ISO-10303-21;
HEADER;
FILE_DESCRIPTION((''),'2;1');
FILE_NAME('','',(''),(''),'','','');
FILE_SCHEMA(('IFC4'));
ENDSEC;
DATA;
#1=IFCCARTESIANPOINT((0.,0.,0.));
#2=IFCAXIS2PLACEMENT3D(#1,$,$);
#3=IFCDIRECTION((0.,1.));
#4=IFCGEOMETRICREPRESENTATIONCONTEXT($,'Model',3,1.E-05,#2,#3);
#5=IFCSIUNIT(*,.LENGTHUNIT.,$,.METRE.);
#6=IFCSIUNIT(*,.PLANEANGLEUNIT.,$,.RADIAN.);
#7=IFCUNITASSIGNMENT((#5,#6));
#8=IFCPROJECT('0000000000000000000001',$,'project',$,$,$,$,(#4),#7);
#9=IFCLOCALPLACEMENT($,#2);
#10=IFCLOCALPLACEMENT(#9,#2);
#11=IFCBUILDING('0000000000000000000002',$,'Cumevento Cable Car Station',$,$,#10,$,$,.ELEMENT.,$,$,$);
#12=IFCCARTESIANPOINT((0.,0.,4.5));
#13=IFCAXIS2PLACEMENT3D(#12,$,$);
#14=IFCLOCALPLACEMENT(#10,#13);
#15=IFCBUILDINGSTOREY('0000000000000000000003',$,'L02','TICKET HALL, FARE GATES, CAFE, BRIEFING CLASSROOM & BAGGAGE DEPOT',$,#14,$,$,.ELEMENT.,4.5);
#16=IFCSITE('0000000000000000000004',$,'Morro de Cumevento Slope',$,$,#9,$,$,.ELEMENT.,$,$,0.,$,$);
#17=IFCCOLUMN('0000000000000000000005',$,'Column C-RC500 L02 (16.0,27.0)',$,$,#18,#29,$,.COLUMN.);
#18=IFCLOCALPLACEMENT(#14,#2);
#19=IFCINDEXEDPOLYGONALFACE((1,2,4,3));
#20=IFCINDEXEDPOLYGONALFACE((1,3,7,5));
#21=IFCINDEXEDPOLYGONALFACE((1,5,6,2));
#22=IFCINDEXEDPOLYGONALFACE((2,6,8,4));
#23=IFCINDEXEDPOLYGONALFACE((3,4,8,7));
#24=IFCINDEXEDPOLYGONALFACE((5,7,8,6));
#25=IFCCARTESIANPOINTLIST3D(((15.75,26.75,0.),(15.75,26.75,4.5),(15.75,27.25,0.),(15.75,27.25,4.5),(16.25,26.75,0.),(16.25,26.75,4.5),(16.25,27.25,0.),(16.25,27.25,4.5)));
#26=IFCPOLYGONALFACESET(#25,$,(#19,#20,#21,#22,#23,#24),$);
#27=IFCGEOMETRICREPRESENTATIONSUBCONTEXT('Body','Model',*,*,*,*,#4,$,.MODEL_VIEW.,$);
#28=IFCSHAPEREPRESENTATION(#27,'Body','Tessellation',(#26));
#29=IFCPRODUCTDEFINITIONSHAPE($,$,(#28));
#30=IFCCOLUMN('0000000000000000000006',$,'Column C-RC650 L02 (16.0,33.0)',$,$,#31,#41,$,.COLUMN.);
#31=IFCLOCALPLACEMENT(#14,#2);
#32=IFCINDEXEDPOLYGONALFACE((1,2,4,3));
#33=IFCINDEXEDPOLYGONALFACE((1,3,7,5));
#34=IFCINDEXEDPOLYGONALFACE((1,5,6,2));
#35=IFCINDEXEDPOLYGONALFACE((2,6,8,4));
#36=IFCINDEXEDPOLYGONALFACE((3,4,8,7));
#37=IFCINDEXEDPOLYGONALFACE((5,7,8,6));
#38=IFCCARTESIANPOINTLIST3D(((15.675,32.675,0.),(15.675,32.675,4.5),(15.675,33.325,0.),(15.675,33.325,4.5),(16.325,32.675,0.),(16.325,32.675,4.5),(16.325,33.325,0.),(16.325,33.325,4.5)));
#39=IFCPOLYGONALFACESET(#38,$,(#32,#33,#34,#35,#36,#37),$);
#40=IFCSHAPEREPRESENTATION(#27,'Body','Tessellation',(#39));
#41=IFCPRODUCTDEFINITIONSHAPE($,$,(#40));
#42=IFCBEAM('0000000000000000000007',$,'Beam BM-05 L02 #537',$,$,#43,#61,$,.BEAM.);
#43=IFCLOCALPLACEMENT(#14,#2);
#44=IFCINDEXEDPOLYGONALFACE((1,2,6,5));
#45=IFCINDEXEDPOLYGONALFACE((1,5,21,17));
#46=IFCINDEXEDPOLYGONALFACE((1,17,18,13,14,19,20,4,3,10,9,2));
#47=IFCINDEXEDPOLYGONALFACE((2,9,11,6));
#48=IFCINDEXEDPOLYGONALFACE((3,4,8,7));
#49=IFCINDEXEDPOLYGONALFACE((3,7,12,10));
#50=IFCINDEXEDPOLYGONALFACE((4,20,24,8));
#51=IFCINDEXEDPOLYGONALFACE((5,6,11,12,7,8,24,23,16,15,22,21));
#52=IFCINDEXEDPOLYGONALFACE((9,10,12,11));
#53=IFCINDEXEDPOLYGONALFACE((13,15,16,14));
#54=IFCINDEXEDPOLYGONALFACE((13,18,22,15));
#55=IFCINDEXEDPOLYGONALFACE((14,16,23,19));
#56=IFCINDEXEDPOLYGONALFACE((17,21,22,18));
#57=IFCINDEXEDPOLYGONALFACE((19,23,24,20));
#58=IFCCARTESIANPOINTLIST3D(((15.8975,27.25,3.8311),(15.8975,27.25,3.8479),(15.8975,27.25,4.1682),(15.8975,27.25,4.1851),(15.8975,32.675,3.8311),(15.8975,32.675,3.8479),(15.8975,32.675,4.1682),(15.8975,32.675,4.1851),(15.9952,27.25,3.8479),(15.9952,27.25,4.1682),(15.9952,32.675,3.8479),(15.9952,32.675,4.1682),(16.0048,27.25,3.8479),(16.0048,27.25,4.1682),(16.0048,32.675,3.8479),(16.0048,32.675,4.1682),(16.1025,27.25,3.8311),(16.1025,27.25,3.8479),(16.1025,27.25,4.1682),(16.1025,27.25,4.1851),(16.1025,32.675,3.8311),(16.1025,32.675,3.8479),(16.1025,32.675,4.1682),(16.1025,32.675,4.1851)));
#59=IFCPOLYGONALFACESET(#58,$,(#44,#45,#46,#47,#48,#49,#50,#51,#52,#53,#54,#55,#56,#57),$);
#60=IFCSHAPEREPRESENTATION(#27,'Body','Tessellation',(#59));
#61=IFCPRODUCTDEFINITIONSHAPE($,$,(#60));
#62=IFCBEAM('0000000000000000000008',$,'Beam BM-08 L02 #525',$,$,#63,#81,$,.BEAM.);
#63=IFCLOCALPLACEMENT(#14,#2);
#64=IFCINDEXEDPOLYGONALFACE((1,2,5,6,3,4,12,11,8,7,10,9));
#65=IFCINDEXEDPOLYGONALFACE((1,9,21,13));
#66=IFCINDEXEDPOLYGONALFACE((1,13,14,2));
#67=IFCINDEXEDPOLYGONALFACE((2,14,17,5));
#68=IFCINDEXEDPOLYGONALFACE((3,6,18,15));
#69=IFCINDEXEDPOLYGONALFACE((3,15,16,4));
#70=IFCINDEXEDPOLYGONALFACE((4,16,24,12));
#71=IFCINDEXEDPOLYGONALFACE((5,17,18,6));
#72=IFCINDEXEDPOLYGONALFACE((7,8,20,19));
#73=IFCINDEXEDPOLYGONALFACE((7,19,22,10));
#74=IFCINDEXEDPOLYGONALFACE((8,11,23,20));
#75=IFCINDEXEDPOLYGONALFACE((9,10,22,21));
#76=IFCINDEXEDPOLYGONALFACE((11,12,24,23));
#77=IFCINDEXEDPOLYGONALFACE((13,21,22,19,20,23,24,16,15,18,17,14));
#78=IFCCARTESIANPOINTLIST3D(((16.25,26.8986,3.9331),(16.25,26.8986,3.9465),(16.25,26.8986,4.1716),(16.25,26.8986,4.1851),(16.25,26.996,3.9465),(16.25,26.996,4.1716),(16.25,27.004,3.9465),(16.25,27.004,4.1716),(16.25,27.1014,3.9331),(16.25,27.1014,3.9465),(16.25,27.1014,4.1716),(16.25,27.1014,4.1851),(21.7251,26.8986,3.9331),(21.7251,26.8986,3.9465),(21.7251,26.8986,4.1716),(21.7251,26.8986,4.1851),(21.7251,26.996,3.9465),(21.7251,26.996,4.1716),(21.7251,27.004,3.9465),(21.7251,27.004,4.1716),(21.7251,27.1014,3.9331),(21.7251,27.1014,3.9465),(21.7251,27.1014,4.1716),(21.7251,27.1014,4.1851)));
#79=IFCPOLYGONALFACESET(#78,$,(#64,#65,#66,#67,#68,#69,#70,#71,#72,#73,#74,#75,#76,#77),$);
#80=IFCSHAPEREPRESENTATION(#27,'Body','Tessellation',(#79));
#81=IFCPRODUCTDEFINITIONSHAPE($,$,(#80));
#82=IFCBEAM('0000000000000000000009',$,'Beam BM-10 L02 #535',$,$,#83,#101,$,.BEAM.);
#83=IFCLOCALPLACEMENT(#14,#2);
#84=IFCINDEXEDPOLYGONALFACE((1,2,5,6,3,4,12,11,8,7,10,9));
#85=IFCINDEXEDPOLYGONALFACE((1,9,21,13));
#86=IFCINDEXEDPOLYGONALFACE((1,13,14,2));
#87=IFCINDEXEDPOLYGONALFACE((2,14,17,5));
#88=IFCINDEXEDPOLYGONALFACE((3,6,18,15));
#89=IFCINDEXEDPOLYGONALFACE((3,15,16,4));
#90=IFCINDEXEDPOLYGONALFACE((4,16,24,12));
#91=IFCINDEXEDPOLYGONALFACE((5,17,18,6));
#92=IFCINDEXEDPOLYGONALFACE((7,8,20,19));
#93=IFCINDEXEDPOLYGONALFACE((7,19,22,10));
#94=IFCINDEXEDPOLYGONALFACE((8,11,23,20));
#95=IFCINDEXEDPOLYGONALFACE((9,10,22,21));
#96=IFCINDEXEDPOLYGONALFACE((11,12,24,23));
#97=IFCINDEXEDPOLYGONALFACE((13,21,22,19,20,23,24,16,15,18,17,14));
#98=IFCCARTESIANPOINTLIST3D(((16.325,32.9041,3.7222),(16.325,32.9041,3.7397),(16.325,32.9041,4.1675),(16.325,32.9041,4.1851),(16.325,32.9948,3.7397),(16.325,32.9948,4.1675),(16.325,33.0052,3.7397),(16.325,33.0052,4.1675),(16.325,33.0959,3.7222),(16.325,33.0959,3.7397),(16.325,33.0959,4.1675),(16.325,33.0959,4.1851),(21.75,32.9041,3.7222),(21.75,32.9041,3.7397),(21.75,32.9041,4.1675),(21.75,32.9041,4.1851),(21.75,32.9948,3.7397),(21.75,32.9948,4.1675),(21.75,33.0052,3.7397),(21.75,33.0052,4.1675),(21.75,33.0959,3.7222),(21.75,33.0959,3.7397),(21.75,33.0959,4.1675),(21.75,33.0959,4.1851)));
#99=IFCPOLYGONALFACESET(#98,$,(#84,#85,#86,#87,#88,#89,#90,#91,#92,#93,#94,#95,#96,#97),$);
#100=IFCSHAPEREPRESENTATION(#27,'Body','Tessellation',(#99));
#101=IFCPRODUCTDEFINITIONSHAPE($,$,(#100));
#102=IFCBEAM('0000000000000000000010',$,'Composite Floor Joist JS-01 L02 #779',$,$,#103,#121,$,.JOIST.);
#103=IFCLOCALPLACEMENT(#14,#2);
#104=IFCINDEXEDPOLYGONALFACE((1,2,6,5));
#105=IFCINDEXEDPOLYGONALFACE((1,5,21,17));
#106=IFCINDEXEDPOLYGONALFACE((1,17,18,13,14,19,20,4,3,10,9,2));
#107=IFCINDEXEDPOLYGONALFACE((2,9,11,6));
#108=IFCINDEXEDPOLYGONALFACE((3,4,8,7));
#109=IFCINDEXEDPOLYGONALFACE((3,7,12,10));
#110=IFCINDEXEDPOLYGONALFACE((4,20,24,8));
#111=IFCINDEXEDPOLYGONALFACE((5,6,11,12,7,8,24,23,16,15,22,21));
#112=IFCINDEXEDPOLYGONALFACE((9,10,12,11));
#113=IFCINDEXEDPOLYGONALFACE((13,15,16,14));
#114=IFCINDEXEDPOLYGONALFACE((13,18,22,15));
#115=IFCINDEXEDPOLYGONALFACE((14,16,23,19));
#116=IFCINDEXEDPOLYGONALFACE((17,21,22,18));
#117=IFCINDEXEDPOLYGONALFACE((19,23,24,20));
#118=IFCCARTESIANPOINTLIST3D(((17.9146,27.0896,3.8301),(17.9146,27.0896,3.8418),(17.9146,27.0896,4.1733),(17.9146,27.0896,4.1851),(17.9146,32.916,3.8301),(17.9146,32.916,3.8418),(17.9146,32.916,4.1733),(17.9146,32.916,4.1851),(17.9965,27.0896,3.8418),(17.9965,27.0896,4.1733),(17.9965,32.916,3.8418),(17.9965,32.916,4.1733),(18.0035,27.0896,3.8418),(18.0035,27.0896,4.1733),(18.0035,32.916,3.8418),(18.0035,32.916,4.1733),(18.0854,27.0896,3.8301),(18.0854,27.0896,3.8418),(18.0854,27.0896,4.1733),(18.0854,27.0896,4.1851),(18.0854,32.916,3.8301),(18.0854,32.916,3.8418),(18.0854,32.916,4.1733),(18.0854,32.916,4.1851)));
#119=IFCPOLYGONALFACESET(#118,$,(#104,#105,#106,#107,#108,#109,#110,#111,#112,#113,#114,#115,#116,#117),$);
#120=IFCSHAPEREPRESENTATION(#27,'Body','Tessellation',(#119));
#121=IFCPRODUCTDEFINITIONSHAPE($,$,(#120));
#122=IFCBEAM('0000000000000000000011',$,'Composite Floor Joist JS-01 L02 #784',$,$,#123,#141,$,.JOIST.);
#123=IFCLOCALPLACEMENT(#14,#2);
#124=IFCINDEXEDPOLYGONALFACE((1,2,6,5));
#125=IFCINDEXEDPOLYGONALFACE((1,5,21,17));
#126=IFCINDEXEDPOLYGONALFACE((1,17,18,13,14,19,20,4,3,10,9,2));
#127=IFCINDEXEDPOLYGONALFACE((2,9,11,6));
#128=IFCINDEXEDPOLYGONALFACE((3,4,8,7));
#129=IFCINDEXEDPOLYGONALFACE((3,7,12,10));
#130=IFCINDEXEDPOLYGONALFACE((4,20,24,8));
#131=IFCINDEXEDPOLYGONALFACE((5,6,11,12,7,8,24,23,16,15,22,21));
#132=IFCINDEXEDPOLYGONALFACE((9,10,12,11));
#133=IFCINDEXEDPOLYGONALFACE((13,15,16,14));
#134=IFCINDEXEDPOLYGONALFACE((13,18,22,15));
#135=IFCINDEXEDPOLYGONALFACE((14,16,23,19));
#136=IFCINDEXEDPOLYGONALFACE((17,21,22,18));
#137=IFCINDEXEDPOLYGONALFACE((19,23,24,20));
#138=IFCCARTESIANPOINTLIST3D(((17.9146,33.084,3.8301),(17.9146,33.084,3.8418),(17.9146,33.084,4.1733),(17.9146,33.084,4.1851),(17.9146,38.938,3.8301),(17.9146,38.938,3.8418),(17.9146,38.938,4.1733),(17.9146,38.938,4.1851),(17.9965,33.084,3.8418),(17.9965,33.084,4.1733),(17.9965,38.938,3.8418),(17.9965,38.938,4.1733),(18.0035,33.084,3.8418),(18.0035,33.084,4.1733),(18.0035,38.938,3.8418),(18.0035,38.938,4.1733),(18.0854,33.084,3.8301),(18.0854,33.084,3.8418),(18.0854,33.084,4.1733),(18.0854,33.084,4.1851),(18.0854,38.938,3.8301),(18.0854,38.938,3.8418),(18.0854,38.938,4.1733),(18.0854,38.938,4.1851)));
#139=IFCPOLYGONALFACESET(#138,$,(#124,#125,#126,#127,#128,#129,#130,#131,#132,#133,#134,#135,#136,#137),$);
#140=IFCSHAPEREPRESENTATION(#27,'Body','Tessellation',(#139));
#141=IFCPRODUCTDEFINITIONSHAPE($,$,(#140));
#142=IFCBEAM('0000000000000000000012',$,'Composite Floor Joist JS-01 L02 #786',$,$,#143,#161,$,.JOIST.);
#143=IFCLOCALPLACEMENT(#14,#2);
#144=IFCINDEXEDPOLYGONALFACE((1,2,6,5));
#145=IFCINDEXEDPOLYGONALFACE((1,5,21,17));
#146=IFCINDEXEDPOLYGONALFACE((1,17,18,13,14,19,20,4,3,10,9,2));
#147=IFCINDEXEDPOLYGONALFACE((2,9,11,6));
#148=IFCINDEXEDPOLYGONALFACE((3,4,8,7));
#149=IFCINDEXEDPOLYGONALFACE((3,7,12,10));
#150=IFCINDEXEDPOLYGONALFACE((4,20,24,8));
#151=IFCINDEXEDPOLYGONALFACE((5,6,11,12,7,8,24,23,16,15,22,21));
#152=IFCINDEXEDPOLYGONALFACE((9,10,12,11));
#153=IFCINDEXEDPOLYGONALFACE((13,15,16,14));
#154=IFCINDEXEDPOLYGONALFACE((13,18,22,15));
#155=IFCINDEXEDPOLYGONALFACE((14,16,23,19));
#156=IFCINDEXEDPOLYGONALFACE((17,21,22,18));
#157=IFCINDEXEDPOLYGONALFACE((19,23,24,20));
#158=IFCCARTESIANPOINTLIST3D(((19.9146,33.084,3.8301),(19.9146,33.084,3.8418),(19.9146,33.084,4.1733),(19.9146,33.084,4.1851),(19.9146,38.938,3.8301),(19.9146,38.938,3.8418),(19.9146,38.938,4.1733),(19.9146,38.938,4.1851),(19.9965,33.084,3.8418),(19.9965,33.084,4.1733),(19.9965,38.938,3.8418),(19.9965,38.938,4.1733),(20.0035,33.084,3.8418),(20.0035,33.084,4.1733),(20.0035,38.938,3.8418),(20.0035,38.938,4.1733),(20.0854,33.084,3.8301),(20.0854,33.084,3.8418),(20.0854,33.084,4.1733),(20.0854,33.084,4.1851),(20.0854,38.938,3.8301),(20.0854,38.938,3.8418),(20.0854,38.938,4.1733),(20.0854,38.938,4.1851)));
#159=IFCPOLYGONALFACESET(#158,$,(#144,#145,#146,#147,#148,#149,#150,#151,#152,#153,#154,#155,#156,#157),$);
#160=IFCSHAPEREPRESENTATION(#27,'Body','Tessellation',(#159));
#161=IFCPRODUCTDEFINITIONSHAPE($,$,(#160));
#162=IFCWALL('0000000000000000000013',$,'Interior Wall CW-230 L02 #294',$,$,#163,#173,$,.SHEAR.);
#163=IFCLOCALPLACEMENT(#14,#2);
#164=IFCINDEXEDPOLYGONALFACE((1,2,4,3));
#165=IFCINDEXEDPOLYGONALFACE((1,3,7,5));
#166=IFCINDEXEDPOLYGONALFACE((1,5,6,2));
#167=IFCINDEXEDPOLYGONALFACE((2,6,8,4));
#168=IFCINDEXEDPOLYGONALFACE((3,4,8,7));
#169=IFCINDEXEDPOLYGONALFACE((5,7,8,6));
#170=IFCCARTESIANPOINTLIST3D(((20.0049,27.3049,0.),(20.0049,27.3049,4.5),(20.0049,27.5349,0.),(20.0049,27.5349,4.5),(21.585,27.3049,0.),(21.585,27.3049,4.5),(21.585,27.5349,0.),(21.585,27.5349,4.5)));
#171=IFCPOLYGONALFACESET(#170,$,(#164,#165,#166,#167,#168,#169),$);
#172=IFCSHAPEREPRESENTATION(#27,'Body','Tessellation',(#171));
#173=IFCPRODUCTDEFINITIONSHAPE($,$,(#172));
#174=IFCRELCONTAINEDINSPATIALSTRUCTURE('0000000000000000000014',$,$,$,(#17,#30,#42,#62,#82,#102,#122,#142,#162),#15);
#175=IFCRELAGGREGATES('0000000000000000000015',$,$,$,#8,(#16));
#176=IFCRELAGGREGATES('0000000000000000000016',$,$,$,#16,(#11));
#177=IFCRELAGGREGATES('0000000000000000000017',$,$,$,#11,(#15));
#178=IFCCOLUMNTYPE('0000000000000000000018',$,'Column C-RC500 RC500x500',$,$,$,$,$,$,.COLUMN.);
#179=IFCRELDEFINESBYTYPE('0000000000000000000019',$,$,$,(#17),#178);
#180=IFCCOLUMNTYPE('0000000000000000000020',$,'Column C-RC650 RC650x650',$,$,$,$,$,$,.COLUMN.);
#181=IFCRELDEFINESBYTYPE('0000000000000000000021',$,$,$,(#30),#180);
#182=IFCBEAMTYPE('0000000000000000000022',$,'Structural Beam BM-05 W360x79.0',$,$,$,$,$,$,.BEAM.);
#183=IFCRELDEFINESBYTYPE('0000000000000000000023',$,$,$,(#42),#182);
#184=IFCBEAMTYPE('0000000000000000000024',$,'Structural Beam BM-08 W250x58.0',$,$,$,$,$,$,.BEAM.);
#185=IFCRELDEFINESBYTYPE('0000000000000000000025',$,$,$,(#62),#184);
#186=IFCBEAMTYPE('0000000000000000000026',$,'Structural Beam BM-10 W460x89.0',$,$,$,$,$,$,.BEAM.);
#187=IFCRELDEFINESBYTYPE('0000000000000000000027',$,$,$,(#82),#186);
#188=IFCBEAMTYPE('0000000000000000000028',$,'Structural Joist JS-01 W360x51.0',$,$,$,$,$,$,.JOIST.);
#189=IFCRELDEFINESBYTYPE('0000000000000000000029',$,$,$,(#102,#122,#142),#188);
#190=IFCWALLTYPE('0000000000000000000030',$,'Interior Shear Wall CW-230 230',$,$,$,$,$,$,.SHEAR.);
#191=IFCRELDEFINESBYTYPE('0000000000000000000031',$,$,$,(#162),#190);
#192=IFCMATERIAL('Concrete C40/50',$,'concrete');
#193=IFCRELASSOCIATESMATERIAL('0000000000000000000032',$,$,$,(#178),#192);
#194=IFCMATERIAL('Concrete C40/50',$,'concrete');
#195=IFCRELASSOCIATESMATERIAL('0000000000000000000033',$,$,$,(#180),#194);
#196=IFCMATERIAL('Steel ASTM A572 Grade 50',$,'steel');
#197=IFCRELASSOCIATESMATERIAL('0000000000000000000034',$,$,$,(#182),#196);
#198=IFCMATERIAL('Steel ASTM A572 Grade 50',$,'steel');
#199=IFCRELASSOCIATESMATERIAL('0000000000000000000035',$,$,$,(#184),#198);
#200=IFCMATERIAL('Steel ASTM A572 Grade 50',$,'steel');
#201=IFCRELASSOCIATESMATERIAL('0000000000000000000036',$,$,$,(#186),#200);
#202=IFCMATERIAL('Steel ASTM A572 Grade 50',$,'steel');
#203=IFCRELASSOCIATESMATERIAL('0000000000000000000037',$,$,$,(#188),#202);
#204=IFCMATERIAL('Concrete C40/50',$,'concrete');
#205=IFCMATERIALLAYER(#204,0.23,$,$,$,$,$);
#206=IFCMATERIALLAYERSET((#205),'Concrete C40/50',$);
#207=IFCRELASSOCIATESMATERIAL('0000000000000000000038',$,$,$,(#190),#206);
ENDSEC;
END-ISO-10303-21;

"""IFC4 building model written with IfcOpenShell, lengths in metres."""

from ifc_helpers import new_model, si_unit, direction, frame, frame_2d, origin, origin_2d, place, context, subcontext, project, spatial, rectangle, i_section, extrude, material, layer, layer_set, material_profile, profile_set, type_object, element, save


model = new_model("IFC4")

# Units and contexts
model_context = context("Model", 3, precision=1e-05, world=origin(), true_north=direction((0.0, 1.0)))
body_context = subcontext(model_context, "Body", "Model", "MODEL_VIEW")
ifc_project = project(units=[si_unit("LENGTHUNIT", "METRE"), si_unit("PLANEANGLEUNIT", "RADIAN")], contexts=[model_context])

# Site, building, storey
site_placement = place(None, origin())
site = spatial("IfcSite", under=ifc_project, at=site_placement, Name="Morro de Cumevento Slope", CompositionType="ELEMENT", RefElevation=0.0)
building_placement = place(site_placement, origin())
building = spatial("IfcBuilding", under=site, at=building_placement, Name="Cumevento Cable Car Station", CompositionType="ELEMENT")
storey_placement = place(building_placement, frame((0.0, 0.0, 4.5)))
storey = spatial("IfcBuildingStorey", under=building, at=storey_placement, Name="L02", Description="TICKET HALL, FARE GATES, CAFE, BRIEFING CLASSROOM & BAGGAGE DEPOT", CompositionType="ELEMENT", Elevation=4.5)

# Columns
ifc_material_1 = material(Name="Concrete C40/50", Category="concrete")
ifc_material_profile_1 = material_profile(ifc_material_1, rectangle(XDim=0.5, YDim=0.5, at=origin_2d()), Name="RC500x500")
ifc_profile_set_1 = profile_set([ifc_material_profile_1], Name="Concrete C40/50")
column_type_1 = type_object("IfcColumnType", Name="Column C-RC500 RC500x500", PredefinedType="COLUMN", material=ifc_profile_set_1)
column_1_placement = place(storey_placement, frame((16.0, 27.0, 0.0), z_axis=(0.0, 0.0, 1.0), x_axis=(1.0, 0.0, 0.0)))
element("IfcColumn", 1, at=column_1_placement, inside=storey, type_object=column_type_1, Name="Column C-RC500 L02 (16.0,27.0)", PredefinedType="COLUMN", context=body_context, shape_type="SweptSolid", body=[
    extrude(rectangle(XDim=0.5, YDim=0.5, at=origin_2d()), origin(), (0.0, 0.0, 1.0), 4.5),
])
ifc_material_2 = material(Name="Concrete C40/50", Category="concrete")
ifc_material_profile_2 = material_profile(ifc_material_2, rectangle(XDim=0.6499, YDim=0.6499, at=origin_2d()), Name="RC650x650")
ifc_profile_set_2 = profile_set([ifc_material_profile_2], Name="Concrete C40/50")
column_type_2 = type_object("IfcColumnType", Name="Column C-RC650 RC650x650", PredefinedType="COLUMN", material=ifc_profile_set_2)
column_2_placement = place(storey_placement, frame((16.0, 33.0, 0.0), z_axis=(0.0, 0.0, 1.0), x_axis=(1.0, 0.0, 0.0)))
element("IfcColumn", 2, at=column_2_placement, inside=storey, type_object=column_type_2, Name="Column C-RC650 L02 (16.0,33.0)", PredefinedType="COLUMN", context=body_context, shape_type="SweptSolid", body=[
    extrude(rectangle(XDim=0.6499, YDim=0.6499, at=origin_2d()), origin(), (0.0, 0.0, 1.0), 4.5),
])

# Beams
ifc_material_3 = material(Name="Steel ASTM A572 Grade 50", Category="steel")
ifc_material_profile_3 = material_profile(ifc_material_3, i_section(OverallWidth=0.2051, OverallDepth=0.354, WebThickness=0.0095, FlangeThickness=0.0168, at=origin_2d()), Name="W360x79.0")
ifc_profile_set_3 = profile_set([ifc_material_profile_3], Name="Steel ASTM A572 Grade 50")
beam_type_1 = type_object("IfcBeamType", Name="Structural Beam BM-05 W360x79.0", PredefinedType="BEAM", material=ifc_profile_set_3)
beam_1_placement = place(storey_placement, frame((16.0, 27.25, 4.0081), z_axis=(0.0, 1.0, 0.0), x_axis=(-1.0, 0.0, 0.0)))
element("IfcBeam", 3, at=beam_1_placement, inside=storey, type_object=beam_type_1, Name="Beam BM-05 L02 #537", PredefinedType="BEAM", context=body_context, shape_type="SweptSolid", body=[
    extrude(i_section(OverallWidth=0.2051, OverallDepth=0.354, WebThickness=0.0095, FlangeThickness=0.0168, at=origin_2d()), origin(), (0.0, 0.0, 1.0), 5.425),
])
ifc_material_4 = material(Name="Steel ASTM A572 Grade 50", Category="steel")
ifc_material_profile_4 = material_profile(ifc_material_4, i_section(OverallWidth=0.2029, OverallDepth=0.252, WebThickness=0.0081, FlangeThickness=0.0134, at=origin_2d()), Name="W250x58.0")
ifc_profile_set_4 = profile_set([ifc_material_profile_4], Name="Steel ASTM A572 Grade 50")
beam_type_2 = type_object("IfcBeamType", Name="Structural Beam BM-08 W250x58.0", PredefinedType="BEAM", material=ifc_profile_set_4)
beam_2_placement = place(storey_placement, frame((16.25, 27.0, 4.0591), z_axis=(1.0, 0.0, 0.0), x_axis=(0.0, 1.0, 0.0)))
element("IfcBeam", 4, at=beam_2_placement, inside=storey, type_object=beam_type_2, Name="Beam BM-08 L02 #525", PredefinedType="BEAM", context=body_context, shape_type="SweptSolid", body=[
    extrude(i_section(OverallWidth=0.2029, OverallDepth=0.252, WebThickness=0.0081, FlangeThickness=0.0134, at=origin_2d()), origin(), (0.0, 0.0, 1.0), 5.4751),
])
ifc_material_5 = material(Name="Steel ASTM A572 Grade 50", Category="steel")
ifc_material_profile_5 = material_profile(ifc_material_5, i_section(OverallWidth=0.1919, OverallDepth=0.4629, WebThickness=0.0105, FlangeThickness=0.0176, at=origin_2d()), Name="W460x89.0")
ifc_profile_set_5 = profile_set([ifc_material_profile_5], Name="Steel ASTM A572 Grade 50")
beam_type_3 = type_object("IfcBeamType", Name="Structural Beam BM-10 W460x89.0", PredefinedType="BEAM", material=ifc_profile_set_5)
beam_3_placement = place(storey_placement, frame((16.325, 33.0, 3.9536), z_axis=(1.0, 0.0, 0.0), x_axis=(0.0, 1.0, 0.0)))
element("IfcBeam", 5, at=beam_3_placement, inside=storey, type_object=beam_type_3, Name="Beam BM-10 L02 #535", PredefinedType="BEAM", context=body_context, shape_type="SweptSolid", body=[
    extrude(i_section(OverallWidth=0.1919, OverallDepth=0.4629, WebThickness=0.0105, FlangeThickness=0.0176, at=origin_2d()), origin(), (0.0, 0.0, 1.0), 5.425),
])
ifc_material_6 = material(Name="Steel ASTM A572 Grade 50", Category="steel")
ifc_material_profile_6 = material_profile(ifc_material_6, i_section(OverallWidth=0.1709, OverallDepth=0.355, WebThickness=0.0071, FlangeThickness=0.0117, at=origin_2d()), Name="W360x51.0")
ifc_profile_set_6 = profile_set([ifc_material_profile_6], Name="Steel ASTM A572 Grade 50")
beam_type_4 = type_object("IfcBeamType", Name="Structural Joist JS-01 W360x51.0", PredefinedType="JOIST", material=ifc_profile_set_6)
beam_4_placement = place(storey_placement, frame((18.0, 27.0896, 4.0076), z_axis=(0.0, 1.0, 0.0), x_axis=(-1.0, 0.0, 0.0)))
element("IfcBeam", 6, at=beam_4_placement, inside=storey, type_object=beam_type_4, Name="Composite Floor Joist JS-01 L02 #779", PredefinedType="JOIST", context=body_context, shape_type="SweptSolid", body=[
    extrude(i_section(OverallWidth=0.1709, OverallDepth=0.355, WebThickness=0.0071, FlangeThickness=0.0117, at=origin_2d()), origin(), (0.0, 0.0, 1.0), 5.8264),
])
for number, where, z_axis, x_axis, name in (
    (7, (18.0, 33.084, 4.0076), (0.0, 1.0, 0.0), (-1.0, 0.0, 0.0), "Composite Floor Joist JS-01 L02 #784"),
    (8, (20.0, 33.084, 4.0076), (0.0, 1.0, 0.0), (-1.0, 0.0, 0.0), "Composite Floor Joist JS-01 L02 #786"),
):
    element("IfcBeam", number, at=place(storey_placement, frame(where, z_axis=z_axis, x_axis=x_axis)), inside=storey, type_object=beam_type_4, Name=name, PredefinedType="JOIST", context=body_context, shape_type="SweptSolid", body=[
        extrude(i_section(OverallWidth=0.1709, OverallDepth=0.355, WebThickness=0.0071, FlangeThickness=0.0117, at=origin_2d()), origin(), (0.0, 0.0, 1.0), 5.854),
    ])

# Wall
ifc_material_7 = material(Name="Concrete C40/50", Category="concrete")
ifc_layer_1 = layer(ifc_material_7, 0.23)
ifc_layer_set_1 = layer_set([ifc_layer_1], Name="Concrete C40/50")
wall_type_1 = type_object("IfcWallType", Name="Interior Shear Wall CW-230 230", PredefinedType="SHEAR", material=ifc_layer_set_1)
wall_1_placement = place(storey_placement, frame((20.0049, 27.4199, 0.0), z_axis=(0.0, 0.0, 1.0), x_axis=(1.0, 0.0, 0.0)))
element("IfcWall", 9, at=wall_1_placement, inside=storey, type_object=wall_type_1, Name="Interior Wall CW-230 L02 #294", PredefinedType="SHEAR", context=body_context, shape_type="SweptSolid", body=[
    extrude(rectangle(XDim=1.5801, YDim=0.23, at=frame_2d((0.79, 0.0))), origin(), (0.0, 0.0, 1.0), 4.5),
])

save(model, "model.ifc")
